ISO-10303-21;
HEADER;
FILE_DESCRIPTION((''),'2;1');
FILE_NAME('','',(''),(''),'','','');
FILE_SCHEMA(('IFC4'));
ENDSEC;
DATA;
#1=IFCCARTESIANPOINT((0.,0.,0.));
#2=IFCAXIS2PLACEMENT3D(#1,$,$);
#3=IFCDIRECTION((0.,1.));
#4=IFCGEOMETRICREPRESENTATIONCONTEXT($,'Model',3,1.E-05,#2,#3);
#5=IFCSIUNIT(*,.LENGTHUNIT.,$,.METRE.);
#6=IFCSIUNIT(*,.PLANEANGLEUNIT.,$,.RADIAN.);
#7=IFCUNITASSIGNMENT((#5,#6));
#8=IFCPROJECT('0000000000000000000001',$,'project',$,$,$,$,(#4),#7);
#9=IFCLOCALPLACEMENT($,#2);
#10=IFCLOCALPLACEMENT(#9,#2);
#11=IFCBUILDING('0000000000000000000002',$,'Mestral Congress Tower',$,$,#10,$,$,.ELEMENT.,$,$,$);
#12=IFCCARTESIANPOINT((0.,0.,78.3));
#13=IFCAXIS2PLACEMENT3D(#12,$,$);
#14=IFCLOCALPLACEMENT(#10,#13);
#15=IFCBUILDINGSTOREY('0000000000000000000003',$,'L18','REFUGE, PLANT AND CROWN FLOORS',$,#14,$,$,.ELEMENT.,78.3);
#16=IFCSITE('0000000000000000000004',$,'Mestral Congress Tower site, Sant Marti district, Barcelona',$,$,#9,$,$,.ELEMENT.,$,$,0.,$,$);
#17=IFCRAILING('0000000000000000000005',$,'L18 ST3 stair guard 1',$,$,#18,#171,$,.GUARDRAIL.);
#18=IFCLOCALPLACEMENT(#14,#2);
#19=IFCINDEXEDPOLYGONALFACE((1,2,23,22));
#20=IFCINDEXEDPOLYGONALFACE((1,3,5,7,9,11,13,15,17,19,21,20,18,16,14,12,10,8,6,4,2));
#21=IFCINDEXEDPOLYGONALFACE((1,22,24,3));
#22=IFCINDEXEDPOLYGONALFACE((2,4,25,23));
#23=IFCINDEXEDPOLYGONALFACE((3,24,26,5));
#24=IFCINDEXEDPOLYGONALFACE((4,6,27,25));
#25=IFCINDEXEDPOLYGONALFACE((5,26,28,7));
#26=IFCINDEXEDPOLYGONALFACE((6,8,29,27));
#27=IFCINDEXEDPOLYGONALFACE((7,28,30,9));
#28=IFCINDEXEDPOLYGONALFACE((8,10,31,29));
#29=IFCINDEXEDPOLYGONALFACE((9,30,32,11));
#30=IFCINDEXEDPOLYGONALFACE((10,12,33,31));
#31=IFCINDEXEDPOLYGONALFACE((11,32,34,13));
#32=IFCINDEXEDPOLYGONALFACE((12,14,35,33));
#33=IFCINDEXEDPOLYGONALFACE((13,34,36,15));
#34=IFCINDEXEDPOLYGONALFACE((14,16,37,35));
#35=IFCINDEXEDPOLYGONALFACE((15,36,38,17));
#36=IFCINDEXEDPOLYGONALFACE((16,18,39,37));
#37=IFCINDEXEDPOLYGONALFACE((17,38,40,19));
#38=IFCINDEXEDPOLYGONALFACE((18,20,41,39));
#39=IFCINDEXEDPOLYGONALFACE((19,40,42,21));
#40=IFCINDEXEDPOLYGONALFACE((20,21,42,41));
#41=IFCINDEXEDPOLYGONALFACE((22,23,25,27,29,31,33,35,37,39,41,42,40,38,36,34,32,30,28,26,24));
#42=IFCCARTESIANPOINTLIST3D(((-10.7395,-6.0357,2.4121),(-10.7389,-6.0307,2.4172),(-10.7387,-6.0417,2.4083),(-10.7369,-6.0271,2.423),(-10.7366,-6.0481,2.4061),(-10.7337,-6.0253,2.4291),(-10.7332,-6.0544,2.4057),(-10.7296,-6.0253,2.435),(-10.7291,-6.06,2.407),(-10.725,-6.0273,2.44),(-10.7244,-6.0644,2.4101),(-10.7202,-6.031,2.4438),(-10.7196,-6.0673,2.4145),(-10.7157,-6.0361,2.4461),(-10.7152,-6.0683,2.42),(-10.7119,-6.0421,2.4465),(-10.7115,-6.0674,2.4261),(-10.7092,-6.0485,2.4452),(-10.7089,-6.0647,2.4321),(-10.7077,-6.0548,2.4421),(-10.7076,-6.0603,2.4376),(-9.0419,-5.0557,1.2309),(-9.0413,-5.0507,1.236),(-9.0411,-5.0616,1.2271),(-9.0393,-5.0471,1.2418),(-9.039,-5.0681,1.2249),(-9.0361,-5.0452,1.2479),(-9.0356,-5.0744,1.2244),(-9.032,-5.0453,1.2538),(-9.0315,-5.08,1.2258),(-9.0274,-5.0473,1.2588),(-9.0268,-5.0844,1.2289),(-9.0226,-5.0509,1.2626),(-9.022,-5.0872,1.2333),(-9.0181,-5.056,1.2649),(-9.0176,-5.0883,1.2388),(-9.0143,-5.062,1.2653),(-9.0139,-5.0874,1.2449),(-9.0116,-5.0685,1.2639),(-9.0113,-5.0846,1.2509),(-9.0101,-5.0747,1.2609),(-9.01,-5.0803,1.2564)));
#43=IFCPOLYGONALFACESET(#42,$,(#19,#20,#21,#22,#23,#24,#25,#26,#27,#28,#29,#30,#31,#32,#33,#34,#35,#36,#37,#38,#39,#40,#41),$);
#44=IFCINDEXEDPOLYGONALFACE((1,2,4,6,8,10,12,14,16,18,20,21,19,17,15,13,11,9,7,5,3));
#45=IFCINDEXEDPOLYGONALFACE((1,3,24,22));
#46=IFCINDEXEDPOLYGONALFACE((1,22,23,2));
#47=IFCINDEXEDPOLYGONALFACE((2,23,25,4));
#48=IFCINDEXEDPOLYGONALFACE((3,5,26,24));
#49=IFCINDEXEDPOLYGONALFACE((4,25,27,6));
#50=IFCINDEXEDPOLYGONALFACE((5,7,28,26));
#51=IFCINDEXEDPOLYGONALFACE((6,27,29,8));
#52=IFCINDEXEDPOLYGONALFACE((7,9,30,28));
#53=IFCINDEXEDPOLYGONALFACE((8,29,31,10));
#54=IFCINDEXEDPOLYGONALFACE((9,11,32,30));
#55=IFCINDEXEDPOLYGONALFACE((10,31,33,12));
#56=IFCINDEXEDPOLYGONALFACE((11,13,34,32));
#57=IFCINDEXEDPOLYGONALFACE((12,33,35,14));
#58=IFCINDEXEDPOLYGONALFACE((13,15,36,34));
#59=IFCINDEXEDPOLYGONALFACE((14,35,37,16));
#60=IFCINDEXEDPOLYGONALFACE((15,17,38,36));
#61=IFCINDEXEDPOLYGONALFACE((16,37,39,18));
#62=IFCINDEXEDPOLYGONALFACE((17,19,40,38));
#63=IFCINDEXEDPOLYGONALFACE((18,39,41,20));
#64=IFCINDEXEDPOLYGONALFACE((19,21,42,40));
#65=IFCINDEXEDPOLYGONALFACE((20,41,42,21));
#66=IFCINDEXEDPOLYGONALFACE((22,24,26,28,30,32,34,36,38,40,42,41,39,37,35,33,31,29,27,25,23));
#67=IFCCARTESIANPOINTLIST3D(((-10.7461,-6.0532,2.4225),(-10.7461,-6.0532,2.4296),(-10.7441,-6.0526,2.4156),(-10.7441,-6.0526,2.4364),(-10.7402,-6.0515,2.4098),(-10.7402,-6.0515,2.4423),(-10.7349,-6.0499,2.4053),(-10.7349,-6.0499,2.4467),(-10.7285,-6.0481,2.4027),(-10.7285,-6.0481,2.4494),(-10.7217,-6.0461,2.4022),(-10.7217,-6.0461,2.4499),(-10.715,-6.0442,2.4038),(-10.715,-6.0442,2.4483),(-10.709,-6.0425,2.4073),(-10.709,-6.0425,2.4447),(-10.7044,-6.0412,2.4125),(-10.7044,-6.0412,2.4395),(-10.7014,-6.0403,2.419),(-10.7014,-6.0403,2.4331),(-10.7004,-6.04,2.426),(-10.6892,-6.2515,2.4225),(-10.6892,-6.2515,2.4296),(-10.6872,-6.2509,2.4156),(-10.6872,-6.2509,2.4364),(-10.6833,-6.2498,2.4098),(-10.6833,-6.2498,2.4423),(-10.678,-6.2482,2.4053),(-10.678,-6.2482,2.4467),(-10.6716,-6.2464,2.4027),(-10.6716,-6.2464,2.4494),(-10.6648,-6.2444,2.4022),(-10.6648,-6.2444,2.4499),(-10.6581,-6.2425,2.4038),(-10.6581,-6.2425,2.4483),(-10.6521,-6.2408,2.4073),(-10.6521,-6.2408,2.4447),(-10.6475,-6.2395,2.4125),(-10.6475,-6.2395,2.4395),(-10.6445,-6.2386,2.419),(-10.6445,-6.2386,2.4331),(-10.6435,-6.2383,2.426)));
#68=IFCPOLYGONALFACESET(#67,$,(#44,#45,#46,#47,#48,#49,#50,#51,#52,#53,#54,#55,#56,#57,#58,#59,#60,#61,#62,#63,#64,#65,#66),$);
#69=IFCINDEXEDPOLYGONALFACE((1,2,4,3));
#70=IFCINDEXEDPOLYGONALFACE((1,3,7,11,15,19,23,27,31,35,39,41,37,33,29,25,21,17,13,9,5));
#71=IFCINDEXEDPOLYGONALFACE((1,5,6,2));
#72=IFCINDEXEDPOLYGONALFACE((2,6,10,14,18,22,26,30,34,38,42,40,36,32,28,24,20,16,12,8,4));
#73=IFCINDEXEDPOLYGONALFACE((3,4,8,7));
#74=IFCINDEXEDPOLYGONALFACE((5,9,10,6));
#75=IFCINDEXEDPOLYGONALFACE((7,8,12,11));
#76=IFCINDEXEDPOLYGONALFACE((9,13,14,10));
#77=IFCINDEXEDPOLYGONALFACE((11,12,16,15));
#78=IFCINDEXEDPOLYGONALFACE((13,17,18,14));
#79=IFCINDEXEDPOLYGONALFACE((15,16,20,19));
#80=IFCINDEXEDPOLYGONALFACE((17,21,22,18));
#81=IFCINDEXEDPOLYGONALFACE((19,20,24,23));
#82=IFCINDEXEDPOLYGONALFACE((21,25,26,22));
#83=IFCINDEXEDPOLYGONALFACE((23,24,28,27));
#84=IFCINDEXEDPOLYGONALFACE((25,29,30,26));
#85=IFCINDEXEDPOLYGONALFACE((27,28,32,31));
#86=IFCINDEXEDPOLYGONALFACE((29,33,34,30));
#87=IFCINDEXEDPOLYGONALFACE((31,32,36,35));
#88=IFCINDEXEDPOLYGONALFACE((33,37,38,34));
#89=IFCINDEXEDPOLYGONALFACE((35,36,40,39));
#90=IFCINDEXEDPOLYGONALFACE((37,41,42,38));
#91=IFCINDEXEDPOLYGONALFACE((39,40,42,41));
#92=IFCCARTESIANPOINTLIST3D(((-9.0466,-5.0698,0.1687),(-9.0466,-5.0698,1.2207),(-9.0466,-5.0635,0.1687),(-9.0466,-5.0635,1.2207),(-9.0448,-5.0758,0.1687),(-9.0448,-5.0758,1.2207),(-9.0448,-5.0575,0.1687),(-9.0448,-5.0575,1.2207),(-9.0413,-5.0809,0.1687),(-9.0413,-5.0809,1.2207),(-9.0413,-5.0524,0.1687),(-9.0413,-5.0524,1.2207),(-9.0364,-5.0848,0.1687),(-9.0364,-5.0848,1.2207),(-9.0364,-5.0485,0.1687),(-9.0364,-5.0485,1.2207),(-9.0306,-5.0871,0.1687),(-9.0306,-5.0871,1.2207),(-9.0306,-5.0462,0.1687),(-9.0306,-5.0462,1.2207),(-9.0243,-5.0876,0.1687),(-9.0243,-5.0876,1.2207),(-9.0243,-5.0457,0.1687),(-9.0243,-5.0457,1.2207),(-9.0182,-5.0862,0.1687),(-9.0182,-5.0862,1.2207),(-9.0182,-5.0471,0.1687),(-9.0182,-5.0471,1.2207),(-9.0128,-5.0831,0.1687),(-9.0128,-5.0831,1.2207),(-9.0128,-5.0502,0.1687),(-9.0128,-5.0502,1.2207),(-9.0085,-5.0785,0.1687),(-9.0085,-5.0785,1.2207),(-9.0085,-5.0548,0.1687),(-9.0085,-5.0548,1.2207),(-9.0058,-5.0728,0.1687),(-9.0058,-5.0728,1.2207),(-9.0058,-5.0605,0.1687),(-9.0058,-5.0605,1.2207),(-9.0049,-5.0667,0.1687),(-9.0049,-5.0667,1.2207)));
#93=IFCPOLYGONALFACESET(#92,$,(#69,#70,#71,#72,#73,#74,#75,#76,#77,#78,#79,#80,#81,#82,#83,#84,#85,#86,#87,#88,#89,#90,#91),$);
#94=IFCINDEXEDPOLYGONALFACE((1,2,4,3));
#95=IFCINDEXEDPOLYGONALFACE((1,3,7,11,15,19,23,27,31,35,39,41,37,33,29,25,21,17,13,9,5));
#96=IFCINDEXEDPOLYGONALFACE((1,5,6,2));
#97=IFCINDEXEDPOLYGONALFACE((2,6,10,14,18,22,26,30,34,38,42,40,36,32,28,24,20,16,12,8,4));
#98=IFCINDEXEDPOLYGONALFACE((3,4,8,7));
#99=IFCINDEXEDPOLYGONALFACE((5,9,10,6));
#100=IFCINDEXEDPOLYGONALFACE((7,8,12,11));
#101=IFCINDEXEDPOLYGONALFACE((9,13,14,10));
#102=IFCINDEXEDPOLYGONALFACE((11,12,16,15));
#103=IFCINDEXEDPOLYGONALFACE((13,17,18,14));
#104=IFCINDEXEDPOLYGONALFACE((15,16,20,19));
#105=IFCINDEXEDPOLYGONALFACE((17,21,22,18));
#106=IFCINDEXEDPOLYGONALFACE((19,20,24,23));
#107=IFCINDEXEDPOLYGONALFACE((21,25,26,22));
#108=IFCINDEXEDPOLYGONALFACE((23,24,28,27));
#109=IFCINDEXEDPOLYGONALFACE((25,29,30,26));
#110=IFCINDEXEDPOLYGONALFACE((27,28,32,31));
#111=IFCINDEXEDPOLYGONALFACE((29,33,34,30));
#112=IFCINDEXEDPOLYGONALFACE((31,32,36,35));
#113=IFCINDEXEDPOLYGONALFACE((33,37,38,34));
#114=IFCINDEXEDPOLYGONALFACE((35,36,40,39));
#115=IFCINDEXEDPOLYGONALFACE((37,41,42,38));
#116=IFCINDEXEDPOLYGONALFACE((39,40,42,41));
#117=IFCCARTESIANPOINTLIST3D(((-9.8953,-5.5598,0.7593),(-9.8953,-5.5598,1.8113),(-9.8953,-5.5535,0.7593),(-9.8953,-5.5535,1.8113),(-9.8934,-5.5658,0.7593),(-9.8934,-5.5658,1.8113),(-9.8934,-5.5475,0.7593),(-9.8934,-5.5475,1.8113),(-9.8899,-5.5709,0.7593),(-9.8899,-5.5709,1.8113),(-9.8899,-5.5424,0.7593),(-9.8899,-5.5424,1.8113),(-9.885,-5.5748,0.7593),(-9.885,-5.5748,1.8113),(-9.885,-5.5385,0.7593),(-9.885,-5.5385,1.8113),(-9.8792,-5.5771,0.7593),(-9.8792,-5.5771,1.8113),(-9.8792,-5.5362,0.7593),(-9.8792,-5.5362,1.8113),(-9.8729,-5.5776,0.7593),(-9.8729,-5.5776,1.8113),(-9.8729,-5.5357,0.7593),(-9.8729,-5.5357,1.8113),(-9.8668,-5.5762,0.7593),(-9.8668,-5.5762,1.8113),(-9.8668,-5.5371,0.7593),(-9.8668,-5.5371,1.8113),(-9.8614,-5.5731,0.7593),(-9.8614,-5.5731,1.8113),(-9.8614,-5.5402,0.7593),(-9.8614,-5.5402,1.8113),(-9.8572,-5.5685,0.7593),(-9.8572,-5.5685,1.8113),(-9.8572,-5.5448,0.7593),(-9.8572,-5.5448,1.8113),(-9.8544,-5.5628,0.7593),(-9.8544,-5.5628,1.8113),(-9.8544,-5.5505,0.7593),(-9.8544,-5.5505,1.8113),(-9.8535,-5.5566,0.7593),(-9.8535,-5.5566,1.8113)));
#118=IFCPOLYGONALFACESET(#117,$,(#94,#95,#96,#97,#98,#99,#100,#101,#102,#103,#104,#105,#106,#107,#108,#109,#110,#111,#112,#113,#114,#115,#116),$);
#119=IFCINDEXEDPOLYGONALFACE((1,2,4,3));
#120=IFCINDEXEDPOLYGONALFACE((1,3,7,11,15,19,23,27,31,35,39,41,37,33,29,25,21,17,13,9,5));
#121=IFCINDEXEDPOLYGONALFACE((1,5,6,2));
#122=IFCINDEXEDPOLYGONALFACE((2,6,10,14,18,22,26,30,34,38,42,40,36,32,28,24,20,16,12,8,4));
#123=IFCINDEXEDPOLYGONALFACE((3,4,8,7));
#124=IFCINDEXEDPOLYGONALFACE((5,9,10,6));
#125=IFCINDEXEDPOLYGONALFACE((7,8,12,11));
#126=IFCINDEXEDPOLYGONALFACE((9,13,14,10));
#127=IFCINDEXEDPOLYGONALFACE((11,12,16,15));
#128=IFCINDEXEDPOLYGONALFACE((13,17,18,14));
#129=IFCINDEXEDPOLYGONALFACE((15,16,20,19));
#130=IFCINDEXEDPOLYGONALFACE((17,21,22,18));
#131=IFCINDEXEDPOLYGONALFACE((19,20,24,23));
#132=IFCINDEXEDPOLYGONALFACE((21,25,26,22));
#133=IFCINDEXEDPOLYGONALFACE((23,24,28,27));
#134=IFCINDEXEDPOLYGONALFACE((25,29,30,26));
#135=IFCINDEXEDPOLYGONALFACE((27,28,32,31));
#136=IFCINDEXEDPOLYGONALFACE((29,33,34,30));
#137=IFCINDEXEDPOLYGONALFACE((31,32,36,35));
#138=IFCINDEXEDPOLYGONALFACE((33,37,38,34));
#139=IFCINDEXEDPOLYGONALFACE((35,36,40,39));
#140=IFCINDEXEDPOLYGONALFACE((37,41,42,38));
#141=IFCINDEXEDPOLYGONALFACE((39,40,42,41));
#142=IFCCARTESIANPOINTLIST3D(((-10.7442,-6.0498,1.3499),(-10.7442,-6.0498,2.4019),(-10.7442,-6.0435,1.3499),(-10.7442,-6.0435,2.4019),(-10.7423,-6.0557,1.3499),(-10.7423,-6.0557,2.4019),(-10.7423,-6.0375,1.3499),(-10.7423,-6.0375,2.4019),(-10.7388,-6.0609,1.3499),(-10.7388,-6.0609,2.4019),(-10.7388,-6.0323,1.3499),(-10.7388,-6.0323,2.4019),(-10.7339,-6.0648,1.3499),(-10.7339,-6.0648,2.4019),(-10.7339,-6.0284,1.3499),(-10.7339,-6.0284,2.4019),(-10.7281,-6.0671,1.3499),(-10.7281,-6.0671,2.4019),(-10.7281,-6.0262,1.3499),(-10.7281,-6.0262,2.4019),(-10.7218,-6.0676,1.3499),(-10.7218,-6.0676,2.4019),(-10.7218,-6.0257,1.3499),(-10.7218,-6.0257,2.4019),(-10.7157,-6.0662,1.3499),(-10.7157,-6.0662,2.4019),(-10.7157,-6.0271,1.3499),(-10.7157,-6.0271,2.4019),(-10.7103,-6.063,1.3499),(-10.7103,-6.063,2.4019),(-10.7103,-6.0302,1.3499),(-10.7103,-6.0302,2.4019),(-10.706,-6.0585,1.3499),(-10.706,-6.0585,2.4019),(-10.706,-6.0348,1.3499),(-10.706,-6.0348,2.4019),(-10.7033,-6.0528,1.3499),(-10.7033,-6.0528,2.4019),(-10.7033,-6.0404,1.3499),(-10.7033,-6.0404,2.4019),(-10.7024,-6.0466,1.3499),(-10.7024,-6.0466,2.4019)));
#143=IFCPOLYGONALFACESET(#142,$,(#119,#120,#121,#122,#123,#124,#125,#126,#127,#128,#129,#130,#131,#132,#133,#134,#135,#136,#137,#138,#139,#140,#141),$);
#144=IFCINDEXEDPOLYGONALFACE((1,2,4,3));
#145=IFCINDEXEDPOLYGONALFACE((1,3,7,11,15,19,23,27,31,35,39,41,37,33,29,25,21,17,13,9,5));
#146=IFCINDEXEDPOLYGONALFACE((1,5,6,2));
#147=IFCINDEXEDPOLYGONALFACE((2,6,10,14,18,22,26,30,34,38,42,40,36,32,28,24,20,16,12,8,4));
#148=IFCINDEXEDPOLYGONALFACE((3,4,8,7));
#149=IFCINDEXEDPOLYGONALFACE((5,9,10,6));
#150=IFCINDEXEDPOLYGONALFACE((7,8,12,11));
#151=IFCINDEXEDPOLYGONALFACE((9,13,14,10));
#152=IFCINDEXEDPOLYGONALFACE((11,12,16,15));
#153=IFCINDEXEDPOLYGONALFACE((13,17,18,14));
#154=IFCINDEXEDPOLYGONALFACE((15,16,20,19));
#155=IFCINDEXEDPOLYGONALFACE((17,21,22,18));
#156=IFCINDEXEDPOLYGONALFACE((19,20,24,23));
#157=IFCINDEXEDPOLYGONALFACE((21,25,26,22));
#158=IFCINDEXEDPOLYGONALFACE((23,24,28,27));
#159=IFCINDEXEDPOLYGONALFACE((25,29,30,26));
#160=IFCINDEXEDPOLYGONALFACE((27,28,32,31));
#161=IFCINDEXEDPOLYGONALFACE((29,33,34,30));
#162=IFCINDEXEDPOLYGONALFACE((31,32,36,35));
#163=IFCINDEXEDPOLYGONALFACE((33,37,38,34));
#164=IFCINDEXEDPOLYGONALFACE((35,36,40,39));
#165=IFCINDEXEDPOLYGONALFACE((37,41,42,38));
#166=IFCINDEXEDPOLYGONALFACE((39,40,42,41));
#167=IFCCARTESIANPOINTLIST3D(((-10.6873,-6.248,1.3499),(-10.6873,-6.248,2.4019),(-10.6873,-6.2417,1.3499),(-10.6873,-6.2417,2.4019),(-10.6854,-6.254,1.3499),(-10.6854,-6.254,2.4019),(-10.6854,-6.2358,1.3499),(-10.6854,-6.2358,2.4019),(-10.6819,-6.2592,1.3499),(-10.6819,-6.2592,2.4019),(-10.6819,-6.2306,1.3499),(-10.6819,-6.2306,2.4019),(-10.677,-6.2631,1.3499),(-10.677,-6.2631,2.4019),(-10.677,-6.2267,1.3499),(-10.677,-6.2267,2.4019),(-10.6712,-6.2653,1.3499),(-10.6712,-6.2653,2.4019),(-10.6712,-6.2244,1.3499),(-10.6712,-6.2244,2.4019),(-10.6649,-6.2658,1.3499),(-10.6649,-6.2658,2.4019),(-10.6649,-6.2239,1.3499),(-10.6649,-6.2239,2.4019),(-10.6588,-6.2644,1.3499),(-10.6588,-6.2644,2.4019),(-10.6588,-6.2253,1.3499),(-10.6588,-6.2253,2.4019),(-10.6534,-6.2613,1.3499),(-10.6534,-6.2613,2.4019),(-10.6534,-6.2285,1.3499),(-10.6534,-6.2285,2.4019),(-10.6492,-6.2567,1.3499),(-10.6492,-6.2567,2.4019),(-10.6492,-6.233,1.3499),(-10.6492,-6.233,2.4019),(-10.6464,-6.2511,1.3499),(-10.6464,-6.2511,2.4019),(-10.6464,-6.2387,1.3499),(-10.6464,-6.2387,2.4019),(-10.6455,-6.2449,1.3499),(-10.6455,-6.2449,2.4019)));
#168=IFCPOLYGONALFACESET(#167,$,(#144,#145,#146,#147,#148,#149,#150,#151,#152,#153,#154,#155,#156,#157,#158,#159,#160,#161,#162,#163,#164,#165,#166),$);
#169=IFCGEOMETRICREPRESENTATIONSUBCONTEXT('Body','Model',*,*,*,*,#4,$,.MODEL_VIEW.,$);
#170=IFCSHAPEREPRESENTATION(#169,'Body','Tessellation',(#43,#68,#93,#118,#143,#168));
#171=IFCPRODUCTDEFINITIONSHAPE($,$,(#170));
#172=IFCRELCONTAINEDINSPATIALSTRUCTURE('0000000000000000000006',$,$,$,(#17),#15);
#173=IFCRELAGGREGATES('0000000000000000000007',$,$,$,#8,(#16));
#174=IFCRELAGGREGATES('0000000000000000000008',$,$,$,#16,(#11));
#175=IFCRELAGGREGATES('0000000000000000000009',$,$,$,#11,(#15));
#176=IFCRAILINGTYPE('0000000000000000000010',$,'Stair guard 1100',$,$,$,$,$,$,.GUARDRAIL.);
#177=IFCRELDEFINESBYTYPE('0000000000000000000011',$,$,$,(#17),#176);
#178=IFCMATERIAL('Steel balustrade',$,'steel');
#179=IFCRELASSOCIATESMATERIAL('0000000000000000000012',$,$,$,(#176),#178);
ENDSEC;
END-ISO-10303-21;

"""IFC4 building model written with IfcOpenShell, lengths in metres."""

from ifc_helpers import new_model, si_unit, direction, frame, origin, origin_2d, place, context, subcontext, project, spatial, circle, extrude, material, type_object, element, save


model = new_model("IFC4")

# Units and contexts
model_context = context("Model", 3, precision=1e-05, world=origin(), true_north=direction((0.0, 1.0)))
body_context = subcontext(model_context, "Body", "Model", "MODEL_VIEW")
ifc_project = project(units=[si_unit("LENGTHUNIT", "METRE"), si_unit("PLANEANGLEUNIT", "RADIAN")], contexts=[model_context])

# Site, building, storey
site_placement = place(None, origin())
site = spatial("IfcSite", under=ifc_project, at=site_placement, Name="Mestral Congress Tower site, Sant Marti district, Barcelona", CompositionType="ELEMENT", RefElevation=0.0)
building_placement = place(site_placement, origin())
building = spatial("IfcBuilding", under=site, at=building_placement, Name="Mestral Congress Tower", CompositionType="ELEMENT")
storey_placement = place(building_placement, frame((0.0, 0.0, 78.3)))
storey = spatial("IfcBuildingStorey", under=building, at=storey_placement, Name="L18", Description="REFUGE, PLANT AND CROWN FLOORS", CompositionType="ELEMENT", Elevation=78.3)

# Railing
ifc_material_1 = material(Name="Steel balustrade", Category="steel")
railing_type = type_object("IfcRailingType", Name="Stair guard 1100", PredefinedType="GUARDRAIL", material=ifc_material_1)
railing_1_placement = place(storey_placement, frame((-9.0259, -5.0667, 0.1687)))
element("IfcRailing", 1, at=railing_1_placement, inside=storey, type_object=railing_type, Name="L18 ST3 stair guard 1", PredefinedType="GUARDRAIL", context=body_context, shape_type="SweptSolid", body=[
    extrude(circle(Radius=0.0239, at=origin_2d()), frame((0.0, 0.0, 1.0762), z_axis=(-0.741771, -0.428228, 0.516135), x_axis=(0.49997, -0.866042, 0.0)), (0.0, 0.0, 1.0), 2.2886),
    extrude(circle(Radius=0.0239, at=origin_2d()), frame((-1.6975, -0.98, 2.2573), z_axis=(0.275815, -0.961211, 0.0), x_axis=(0.961211, 0.275815, 0.0)), (0.0, 0.0, 1.0), 0.2063),
    extrude(circle(Radius=0.021, at=origin_2d()), origin(), (0.0, 0.0, 1.0), 1.052),
    extrude(circle(Radius=0.021, at=origin_2d()), frame((-0.8486, -0.49, 0.5906)), (0.0, 0.0, 1.0), 1.052),
    extrude(circle(Radius=0.021, at=origin_2d()), frame((-1.6975, -0.98, 1.1812)), (0.0, 0.0, 1.0), 1.052),
    extrude(circle(Radius=0.021, at=origin_2d()), frame((-1.6406, -1.1782, 1.1812)), (0.0, 0.0, 1.0), 1.052),
])

save(model, "model.ifc")
